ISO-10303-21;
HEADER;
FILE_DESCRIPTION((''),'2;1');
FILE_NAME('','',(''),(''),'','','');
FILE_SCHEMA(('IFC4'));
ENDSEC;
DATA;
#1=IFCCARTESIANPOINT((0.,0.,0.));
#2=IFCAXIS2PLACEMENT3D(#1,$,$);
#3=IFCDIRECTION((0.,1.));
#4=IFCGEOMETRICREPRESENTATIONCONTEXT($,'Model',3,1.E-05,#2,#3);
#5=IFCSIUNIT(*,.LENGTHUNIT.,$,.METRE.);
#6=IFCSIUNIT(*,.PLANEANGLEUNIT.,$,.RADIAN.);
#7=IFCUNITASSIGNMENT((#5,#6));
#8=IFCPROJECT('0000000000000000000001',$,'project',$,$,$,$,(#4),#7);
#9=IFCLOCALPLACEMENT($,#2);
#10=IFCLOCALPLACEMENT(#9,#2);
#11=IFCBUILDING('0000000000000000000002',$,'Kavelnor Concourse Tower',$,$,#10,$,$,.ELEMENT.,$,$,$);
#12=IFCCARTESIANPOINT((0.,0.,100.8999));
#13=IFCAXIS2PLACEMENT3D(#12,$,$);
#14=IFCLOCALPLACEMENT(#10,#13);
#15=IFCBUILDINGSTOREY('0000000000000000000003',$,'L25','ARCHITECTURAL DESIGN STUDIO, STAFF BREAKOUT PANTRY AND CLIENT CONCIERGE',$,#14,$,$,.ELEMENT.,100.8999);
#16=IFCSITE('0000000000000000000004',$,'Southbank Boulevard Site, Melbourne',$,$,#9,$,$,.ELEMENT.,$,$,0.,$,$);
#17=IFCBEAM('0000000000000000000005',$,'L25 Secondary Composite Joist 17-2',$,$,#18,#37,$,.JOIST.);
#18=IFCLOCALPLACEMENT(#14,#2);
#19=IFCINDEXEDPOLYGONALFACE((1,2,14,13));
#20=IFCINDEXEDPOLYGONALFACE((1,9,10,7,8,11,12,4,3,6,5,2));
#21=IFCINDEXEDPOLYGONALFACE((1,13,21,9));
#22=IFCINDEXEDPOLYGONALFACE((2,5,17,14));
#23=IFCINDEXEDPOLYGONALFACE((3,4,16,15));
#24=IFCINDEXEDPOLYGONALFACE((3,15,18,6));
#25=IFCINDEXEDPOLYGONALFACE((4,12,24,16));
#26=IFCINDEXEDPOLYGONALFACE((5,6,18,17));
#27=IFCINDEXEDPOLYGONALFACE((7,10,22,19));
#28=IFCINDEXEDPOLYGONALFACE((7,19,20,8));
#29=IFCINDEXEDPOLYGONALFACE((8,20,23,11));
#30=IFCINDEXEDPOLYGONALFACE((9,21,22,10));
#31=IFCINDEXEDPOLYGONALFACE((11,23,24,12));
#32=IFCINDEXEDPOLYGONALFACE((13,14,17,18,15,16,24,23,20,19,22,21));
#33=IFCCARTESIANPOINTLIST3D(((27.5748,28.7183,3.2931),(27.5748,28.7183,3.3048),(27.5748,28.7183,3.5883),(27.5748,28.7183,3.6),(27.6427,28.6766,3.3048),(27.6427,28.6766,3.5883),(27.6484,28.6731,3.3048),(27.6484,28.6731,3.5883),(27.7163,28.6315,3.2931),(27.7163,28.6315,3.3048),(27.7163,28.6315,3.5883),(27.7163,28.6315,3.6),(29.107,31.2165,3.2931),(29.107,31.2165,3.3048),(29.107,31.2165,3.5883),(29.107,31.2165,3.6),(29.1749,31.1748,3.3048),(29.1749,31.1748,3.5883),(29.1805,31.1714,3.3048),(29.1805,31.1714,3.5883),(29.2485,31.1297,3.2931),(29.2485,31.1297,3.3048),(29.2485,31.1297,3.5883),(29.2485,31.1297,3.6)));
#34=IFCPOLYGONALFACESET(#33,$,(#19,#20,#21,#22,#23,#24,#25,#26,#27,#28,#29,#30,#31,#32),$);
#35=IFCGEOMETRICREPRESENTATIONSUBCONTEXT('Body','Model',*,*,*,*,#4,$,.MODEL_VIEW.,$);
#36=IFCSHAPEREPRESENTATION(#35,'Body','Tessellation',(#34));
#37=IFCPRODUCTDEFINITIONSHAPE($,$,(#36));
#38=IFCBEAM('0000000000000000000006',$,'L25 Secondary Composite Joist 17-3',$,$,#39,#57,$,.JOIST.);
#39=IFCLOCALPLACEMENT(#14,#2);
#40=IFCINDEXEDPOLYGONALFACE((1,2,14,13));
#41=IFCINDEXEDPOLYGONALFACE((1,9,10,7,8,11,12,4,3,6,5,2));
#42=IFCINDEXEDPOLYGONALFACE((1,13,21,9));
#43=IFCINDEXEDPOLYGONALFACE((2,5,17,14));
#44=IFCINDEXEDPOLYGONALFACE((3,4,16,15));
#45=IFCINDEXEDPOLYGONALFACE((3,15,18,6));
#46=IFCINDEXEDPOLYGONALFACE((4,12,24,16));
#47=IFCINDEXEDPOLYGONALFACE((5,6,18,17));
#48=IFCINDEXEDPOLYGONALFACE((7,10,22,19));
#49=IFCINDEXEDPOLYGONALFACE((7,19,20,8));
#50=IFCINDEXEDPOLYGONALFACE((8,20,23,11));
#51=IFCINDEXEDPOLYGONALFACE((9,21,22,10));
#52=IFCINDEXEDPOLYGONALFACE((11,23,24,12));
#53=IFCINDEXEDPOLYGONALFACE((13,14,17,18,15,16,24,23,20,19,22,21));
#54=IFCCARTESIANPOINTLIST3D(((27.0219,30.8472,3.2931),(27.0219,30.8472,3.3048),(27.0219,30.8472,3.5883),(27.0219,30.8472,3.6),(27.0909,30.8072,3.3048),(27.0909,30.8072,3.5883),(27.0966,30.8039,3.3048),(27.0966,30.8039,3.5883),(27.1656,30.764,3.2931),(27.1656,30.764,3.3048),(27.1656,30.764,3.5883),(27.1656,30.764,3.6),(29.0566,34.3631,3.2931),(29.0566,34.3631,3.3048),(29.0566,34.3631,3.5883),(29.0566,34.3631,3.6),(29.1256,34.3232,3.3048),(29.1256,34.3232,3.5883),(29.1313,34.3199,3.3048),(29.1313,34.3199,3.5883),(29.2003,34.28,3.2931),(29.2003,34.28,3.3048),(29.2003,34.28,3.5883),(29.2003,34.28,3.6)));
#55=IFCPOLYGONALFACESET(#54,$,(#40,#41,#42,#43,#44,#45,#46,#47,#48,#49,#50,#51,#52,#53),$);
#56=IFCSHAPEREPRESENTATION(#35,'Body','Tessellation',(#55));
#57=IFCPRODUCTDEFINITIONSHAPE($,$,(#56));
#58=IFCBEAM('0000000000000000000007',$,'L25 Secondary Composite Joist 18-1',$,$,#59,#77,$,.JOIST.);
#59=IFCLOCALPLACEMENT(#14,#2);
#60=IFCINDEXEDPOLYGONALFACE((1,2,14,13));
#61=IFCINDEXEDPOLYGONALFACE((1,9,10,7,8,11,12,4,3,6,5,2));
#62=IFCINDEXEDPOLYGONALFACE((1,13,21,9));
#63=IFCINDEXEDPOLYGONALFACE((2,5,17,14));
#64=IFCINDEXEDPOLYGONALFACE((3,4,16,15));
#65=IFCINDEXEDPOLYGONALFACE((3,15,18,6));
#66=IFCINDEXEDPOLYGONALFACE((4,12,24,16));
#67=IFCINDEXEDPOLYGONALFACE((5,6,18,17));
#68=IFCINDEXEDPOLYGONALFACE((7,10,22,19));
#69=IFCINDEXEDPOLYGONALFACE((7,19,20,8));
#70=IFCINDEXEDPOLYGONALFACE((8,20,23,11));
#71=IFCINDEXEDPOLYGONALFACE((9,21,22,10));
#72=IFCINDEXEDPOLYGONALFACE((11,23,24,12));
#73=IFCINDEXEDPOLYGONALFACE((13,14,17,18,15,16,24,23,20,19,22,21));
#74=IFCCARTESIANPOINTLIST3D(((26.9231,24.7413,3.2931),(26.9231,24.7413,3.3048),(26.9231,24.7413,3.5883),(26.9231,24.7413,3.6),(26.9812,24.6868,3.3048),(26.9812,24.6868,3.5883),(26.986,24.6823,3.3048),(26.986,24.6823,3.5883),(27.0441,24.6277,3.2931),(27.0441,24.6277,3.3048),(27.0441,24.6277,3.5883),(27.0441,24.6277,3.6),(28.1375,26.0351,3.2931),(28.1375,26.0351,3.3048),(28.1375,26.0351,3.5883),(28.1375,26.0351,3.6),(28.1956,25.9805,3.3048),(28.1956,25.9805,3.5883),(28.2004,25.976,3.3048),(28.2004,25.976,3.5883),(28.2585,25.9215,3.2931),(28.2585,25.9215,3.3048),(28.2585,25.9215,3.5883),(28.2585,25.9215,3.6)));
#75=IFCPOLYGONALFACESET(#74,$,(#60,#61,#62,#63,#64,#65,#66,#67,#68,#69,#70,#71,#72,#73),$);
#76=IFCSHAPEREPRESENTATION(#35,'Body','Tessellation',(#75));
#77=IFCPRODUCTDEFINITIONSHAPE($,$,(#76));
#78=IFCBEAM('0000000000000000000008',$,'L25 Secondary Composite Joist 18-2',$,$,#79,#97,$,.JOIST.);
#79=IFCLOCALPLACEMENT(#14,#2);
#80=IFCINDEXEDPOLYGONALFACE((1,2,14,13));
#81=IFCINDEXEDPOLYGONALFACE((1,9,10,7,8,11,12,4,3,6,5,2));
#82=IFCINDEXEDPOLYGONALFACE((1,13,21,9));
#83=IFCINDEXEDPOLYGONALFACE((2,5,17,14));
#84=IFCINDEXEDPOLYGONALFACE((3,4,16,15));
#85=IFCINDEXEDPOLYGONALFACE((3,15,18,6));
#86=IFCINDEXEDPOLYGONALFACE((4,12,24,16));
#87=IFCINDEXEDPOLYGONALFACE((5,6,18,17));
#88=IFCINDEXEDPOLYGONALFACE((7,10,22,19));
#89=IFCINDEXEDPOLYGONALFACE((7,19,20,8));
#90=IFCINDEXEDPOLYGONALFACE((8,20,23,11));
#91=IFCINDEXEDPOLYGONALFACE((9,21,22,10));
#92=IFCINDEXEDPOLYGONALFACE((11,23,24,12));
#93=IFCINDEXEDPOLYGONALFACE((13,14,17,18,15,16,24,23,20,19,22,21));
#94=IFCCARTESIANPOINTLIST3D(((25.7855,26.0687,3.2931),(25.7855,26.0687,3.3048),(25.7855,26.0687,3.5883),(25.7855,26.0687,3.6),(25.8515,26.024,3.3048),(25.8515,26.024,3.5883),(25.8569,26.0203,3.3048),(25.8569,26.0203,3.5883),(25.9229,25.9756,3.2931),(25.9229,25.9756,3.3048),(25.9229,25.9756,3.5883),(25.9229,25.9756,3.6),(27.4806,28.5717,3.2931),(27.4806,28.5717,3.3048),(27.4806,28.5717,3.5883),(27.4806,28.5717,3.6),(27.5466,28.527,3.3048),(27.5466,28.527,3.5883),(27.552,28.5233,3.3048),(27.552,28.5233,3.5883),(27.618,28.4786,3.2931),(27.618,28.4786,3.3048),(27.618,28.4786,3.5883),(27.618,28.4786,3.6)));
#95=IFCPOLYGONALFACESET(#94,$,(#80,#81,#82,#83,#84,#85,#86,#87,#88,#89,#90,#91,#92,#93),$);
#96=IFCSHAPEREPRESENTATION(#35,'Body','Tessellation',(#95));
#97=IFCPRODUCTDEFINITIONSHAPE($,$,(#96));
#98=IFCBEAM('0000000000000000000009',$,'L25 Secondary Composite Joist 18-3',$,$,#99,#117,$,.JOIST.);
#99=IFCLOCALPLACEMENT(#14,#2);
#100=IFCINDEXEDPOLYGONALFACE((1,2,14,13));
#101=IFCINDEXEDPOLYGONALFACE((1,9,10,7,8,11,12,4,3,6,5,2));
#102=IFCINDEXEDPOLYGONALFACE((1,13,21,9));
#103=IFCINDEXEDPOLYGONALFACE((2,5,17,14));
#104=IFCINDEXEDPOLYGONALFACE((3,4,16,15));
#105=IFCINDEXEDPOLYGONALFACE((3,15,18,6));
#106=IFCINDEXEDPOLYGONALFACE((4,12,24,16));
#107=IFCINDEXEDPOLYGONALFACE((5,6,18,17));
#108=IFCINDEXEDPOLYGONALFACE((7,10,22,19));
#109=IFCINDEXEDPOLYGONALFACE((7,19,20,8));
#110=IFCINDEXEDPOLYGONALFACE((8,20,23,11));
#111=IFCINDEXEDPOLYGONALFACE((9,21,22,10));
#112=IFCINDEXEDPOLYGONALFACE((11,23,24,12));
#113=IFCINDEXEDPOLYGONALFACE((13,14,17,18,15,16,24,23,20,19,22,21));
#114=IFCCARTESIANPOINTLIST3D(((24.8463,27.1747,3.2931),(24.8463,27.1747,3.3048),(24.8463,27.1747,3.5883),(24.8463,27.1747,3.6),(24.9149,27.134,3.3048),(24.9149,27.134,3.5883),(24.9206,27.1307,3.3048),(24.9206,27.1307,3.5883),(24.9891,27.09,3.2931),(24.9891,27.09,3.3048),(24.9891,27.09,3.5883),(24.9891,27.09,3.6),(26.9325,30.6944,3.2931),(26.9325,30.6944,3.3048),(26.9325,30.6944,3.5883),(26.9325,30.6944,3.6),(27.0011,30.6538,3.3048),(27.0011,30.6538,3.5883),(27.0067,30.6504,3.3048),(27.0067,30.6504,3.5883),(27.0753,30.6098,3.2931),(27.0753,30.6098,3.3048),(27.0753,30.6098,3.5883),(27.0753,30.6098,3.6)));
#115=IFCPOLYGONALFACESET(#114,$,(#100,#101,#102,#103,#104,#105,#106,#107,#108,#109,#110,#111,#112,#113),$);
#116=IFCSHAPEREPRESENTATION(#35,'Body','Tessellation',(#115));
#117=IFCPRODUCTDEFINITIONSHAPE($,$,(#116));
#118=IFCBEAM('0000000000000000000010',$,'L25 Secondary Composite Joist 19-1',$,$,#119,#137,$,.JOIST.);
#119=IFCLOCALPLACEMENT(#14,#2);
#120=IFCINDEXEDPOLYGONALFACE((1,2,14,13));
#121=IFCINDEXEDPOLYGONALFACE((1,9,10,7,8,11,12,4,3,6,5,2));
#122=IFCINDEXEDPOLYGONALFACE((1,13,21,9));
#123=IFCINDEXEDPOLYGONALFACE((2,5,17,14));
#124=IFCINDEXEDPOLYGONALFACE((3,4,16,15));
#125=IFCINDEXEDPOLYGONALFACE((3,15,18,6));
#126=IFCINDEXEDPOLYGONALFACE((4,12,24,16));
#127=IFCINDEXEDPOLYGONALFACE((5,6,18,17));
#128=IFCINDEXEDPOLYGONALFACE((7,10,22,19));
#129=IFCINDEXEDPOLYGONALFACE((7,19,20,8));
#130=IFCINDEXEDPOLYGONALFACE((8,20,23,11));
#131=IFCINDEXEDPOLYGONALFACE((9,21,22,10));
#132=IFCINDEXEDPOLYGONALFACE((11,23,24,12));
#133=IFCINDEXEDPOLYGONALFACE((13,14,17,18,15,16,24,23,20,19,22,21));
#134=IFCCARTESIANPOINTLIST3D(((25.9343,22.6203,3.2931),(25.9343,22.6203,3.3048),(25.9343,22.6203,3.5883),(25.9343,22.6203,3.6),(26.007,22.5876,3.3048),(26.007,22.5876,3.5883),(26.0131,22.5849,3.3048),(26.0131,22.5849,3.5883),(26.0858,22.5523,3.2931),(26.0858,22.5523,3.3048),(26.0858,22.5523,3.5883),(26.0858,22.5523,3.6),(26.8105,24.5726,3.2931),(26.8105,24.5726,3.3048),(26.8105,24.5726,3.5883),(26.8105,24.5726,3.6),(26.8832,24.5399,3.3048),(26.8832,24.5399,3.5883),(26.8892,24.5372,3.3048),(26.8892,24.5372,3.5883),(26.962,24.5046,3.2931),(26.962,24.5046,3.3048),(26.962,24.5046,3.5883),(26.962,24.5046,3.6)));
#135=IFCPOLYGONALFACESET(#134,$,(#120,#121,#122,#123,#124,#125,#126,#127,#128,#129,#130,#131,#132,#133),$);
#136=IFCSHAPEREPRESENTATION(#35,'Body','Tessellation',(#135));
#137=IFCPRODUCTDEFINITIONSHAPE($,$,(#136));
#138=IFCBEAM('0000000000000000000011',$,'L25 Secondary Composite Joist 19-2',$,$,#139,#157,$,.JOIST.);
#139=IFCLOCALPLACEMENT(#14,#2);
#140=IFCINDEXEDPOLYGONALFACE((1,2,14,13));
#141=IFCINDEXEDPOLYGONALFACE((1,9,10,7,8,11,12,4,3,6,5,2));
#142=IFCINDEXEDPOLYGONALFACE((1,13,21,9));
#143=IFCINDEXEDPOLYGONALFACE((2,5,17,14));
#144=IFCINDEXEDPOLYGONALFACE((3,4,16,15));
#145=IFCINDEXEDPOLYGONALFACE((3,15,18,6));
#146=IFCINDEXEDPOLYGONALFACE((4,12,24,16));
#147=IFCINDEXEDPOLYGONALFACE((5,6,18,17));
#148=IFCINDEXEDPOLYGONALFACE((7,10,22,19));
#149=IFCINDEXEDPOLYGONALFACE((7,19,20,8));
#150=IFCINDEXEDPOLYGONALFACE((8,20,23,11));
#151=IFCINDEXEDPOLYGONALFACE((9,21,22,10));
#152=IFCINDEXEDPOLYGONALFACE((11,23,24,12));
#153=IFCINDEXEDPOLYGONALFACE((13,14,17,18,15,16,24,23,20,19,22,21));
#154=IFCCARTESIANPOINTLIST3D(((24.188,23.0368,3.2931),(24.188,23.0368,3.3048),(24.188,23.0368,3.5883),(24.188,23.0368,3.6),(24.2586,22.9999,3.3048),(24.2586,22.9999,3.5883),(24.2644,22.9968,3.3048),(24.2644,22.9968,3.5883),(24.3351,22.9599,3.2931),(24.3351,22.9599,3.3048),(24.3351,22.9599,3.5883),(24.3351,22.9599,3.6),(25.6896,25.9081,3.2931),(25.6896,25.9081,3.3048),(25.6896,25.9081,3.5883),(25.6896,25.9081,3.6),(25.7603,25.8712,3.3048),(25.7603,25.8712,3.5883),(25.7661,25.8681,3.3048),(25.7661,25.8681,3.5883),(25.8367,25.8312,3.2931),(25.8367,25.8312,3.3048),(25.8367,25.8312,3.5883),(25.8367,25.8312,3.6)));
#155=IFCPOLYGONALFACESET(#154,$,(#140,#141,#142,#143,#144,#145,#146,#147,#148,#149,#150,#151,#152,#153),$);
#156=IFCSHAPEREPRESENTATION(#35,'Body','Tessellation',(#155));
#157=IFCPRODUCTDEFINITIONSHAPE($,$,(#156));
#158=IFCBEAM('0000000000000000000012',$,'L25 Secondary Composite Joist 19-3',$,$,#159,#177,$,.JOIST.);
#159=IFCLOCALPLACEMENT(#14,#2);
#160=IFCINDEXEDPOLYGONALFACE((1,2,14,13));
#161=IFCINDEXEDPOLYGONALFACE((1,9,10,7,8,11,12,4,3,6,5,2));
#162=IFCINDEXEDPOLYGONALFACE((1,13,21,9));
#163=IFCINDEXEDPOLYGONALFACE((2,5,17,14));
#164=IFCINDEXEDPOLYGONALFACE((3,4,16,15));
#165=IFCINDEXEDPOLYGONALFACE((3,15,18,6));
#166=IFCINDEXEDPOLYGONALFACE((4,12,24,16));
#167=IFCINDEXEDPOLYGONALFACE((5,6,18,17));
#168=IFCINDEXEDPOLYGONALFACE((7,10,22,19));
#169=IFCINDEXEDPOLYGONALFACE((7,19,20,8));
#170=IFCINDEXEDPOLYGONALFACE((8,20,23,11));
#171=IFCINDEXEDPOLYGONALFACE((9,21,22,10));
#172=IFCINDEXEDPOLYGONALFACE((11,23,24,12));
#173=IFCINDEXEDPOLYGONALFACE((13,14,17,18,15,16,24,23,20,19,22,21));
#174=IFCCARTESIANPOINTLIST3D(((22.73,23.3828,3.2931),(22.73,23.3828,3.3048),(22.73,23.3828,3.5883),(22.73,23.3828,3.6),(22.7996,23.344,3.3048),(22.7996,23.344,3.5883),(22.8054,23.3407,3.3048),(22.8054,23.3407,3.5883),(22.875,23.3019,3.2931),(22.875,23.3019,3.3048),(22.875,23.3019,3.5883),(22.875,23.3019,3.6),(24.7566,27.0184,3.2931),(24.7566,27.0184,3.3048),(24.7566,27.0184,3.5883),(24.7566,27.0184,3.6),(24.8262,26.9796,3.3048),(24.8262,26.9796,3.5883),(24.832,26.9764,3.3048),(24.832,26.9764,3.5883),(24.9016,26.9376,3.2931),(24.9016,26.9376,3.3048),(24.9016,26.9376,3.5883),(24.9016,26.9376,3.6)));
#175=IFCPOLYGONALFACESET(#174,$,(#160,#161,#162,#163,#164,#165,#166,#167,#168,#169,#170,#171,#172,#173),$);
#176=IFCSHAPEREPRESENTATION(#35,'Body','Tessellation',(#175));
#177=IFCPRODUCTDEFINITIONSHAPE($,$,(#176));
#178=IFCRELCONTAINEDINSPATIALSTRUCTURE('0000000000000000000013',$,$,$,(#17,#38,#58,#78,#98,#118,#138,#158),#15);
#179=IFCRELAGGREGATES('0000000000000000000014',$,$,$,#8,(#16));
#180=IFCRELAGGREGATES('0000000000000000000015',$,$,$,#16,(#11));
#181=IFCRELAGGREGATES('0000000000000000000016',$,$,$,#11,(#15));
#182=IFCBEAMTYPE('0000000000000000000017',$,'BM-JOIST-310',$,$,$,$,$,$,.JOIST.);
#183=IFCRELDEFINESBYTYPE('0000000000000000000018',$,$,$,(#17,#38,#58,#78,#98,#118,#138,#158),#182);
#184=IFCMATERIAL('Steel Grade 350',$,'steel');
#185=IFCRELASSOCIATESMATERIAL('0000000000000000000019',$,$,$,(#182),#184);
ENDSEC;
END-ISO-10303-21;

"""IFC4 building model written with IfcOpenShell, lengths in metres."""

from ifc_helpers import new_model, si_unit, direction, frame, origin, origin_2d, place, context, subcontext, project, spatial, i_section, extrude, material, material_profile, profile_set, type_object, element, save


model = new_model("IFC4")

# Units and contexts
model_context = context("Model", 3, precision=1e-05, world=origin(), true_north=direction((0.0, 1.0)))
body_context = subcontext(model_context, "Body", "Model", "MODEL_VIEW")
ifc_project = project(units=[si_unit("LENGTHUNIT", "METRE"), si_unit("PLANEANGLEUNIT", "RADIAN")], contexts=[model_context])

# Site, building, storey
site_placement = place(None, origin())
site = spatial("IfcSite", under=ifc_project, at=site_placement, Name="Southbank Boulevard Site, Melbourne", CompositionType="ELEMENT", RefElevation=0.0)
building_placement = place(site_placement, origin())
building = spatial("IfcBuilding", under=site, at=building_placement, Name="Kavelnor Concourse Tower", CompositionType="ELEMENT")
storey_placement = place(building_placement, frame((0.0, 0.0, 100.8999)))
storey = spatial("IfcBuildingStorey", under=building, at=storey_placement, Name="L25", Description="ARCHITECTURAL DESIGN STUDIO, STAFF BREAKOUT PANTRY AND CLIENT CONCIERGE", CompositionType="ELEMENT", Elevation=100.8999)

# Shared definitions
ifc_material_1 = material(Name="Steel Grade 350", Category="steel")

# Beams
ifc_material_profile_1 = material_profile(ifc_material_1, i_section(OverallWidth=0.166, OverallDepth=0.3069, WebThickness=0.0066, FlangeThickness=0.0117, at=origin_2d()), Name="310UB46")
ifc_profile_set_1 = profile_set([ifc_material_profile_1], Name="Steel Grade 350")
beam_type_1 = type_object("IfcBeamType", Name="BM-JOIST-310", PredefinedType="JOIST", material=ifc_profile_set_1)
beam_1_placement = place(storey_placement, frame((29.1777, 31.1731, 3.4465), z_axis=(-0.522814, -0.852447, 0.0), x_axis=(0.852447, -0.522814, 0.0)))
element("IfcBeam", 1, at=beam_1_placement, inside=storey, type_object=beam_type_1, Name="L25 Secondary Composite Joist 17-2", PredefinedType="JOIST", context=body_context, shape_type="SweptSolid", body=[
    extrude(i_section(OverallWidth=0.166, OverallDepth=0.3069, WebThickness=0.0066, FlangeThickness=0.0117, at=origin_2d()), origin(), (0.0, 0.0, 1.0), 2.9307),
])
beam_2_placement = place(storey_placement, frame((29.1284, 34.3215, 3.4465), z_axis=(-0.500882, -0.865515, 0.0), x_axis=(0.865515, -0.500882, 0.0)))
element("IfcBeam", 2, at=beam_2_placement, inside=storey, type_object=beam_type_1, Name="L25 Secondary Composite Joist 17-3", PredefinedType="JOIST", context=body_context, shape_type="SweptSolid", body=[
    extrude(i_section(OverallWidth=0.166, OverallDepth=0.3069, WebThickness=0.0066, FlangeThickness=0.0117, at=origin_2d()), origin(), (0.0, 0.0, 1.0), 4.0623),
])
beam_3_placement = place(storey_placement, frame((28.198, 25.9783, 3.4465), z_axis=(-0.684394, -0.729112, 0.0), x_axis=(0.729112, -0.684394, 0.0)))
element("IfcBeam", 3, at=beam_3_placement, inside=storey, type_object=beam_type_1, Name="L25 Secondary Composite Joist 18-1", PredefinedType="JOIST", context=body_context, shape_type="SweptSolid", body=[
    extrude(i_section(OverallWidth=0.166, OverallDepth=0.3069, WebThickness=0.0066, FlangeThickness=0.0117, at=origin_2d()), origin(), (0.0, 0.0, 1.0), 1.7744),
])
beam_4_placement = place(storey_placement, frame((27.5493, 28.5251, 3.4465), z_axis=(-0.560743, -0.82799, 0.0), x_axis=(0.82799, -0.560743, 0.0)))
element("IfcBeam", 4, at=beam_4_placement, inside=storey, type_object=beam_type_1, Name="L25 Secondary Composite Joist 18-2", PredefinedType="JOIST", context=body_context, shape_type="SweptSolid", body=[
    extrude(i_section(OverallWidth=0.166, OverallDepth=0.3069, WebThickness=0.0066, FlangeThickness=0.0117, at=origin_2d()), origin(), (0.0, 0.0, 1.0), 3.0229),
])
beam_5_placement = place(storey_placement, frame((27.0039, 30.6521, 3.4465), z_axis=(-0.509873, -0.86025, 0.0), x_axis=(0.86025, -0.509873, 0.0)))
element("IfcBeam", 5, at=beam_5_placement, inside=storey, type_object=beam_type_1, Name="L25 Secondary Composite Joist 18-3", PredefinedType="JOIST", context=body_context, shape_type="SweptSolid", body=[
    extrude(i_section(OverallWidth=0.166, OverallDepth=0.3069, WebThickness=0.0066, FlangeThickness=0.0117, at=origin_2d()), origin(), (0.0, 0.0, 1.0), 4.0916),
])
beam_6_placement = place(storey_placement, frame((26.8862, 24.5386, 3.4465), z_axis=(-0.409449, -0.912333, 0.0), x_axis=(0.912333, -0.409449, 0.0)))
element("IfcBeam", 6, at=beam_6_placement, inside=storey, type_object=beam_type_1, Name="L25 Secondary Composite Joist 19-1", PredefinedType="JOIST", context=body_context, shape_type="SweptSolid", body=[
    extrude(i_section(OverallWidth=0.166, OverallDepth=0.3069, WebThickness=0.0066, FlangeThickness=0.0117, at=origin_2d()), origin(), (0.0, 0.0, 1.0), 2.1399),
])
beam_7_placement = place(storey_placement, frame((25.7632, 25.8696, 3.4465), z_axis=(-0.463444, -0.886126, 0.0), x_axis=(0.886126, -0.463444, 0.0)))
element("IfcBeam", 7, at=beam_7_placement, inside=storey, type_object=beam_type_1, Name="L25 Secondary Composite Joist 19-2", PredefinedType="JOIST", context=body_context, shape_type="SweptSolid", body=[
    extrude(i_section(OverallWidth=0.166, OverallDepth=0.3069, WebThickness=0.0066, FlangeThickness=0.0117, at=origin_2d()), origin(), (0.0, 0.0, 1.0), 3.2402),
])
beam_8_placement = place(storey_placement, frame((24.8291, 26.978, 3.4465), z_axis=(-0.486882, -0.873467, 0.0), x_axis=(0.873467, -0.486882, 0.0)))
element("IfcBeam", 8, at=beam_8_placement, inside=storey, type_object=beam_type_1, Name="L25 Secondary Composite Joist 19-3", PredefinedType="JOIST", context=body_context, shape_type="SweptSolid", body=[
    extrude(i_section(OverallWidth=0.166, OverallDepth=0.3069, WebThickness=0.0066, FlangeThickness=0.0117, at=origin_2d()), origin(), (0.0, 0.0, 1.0), 4.1624),
])

save(model, "model.ifc")
